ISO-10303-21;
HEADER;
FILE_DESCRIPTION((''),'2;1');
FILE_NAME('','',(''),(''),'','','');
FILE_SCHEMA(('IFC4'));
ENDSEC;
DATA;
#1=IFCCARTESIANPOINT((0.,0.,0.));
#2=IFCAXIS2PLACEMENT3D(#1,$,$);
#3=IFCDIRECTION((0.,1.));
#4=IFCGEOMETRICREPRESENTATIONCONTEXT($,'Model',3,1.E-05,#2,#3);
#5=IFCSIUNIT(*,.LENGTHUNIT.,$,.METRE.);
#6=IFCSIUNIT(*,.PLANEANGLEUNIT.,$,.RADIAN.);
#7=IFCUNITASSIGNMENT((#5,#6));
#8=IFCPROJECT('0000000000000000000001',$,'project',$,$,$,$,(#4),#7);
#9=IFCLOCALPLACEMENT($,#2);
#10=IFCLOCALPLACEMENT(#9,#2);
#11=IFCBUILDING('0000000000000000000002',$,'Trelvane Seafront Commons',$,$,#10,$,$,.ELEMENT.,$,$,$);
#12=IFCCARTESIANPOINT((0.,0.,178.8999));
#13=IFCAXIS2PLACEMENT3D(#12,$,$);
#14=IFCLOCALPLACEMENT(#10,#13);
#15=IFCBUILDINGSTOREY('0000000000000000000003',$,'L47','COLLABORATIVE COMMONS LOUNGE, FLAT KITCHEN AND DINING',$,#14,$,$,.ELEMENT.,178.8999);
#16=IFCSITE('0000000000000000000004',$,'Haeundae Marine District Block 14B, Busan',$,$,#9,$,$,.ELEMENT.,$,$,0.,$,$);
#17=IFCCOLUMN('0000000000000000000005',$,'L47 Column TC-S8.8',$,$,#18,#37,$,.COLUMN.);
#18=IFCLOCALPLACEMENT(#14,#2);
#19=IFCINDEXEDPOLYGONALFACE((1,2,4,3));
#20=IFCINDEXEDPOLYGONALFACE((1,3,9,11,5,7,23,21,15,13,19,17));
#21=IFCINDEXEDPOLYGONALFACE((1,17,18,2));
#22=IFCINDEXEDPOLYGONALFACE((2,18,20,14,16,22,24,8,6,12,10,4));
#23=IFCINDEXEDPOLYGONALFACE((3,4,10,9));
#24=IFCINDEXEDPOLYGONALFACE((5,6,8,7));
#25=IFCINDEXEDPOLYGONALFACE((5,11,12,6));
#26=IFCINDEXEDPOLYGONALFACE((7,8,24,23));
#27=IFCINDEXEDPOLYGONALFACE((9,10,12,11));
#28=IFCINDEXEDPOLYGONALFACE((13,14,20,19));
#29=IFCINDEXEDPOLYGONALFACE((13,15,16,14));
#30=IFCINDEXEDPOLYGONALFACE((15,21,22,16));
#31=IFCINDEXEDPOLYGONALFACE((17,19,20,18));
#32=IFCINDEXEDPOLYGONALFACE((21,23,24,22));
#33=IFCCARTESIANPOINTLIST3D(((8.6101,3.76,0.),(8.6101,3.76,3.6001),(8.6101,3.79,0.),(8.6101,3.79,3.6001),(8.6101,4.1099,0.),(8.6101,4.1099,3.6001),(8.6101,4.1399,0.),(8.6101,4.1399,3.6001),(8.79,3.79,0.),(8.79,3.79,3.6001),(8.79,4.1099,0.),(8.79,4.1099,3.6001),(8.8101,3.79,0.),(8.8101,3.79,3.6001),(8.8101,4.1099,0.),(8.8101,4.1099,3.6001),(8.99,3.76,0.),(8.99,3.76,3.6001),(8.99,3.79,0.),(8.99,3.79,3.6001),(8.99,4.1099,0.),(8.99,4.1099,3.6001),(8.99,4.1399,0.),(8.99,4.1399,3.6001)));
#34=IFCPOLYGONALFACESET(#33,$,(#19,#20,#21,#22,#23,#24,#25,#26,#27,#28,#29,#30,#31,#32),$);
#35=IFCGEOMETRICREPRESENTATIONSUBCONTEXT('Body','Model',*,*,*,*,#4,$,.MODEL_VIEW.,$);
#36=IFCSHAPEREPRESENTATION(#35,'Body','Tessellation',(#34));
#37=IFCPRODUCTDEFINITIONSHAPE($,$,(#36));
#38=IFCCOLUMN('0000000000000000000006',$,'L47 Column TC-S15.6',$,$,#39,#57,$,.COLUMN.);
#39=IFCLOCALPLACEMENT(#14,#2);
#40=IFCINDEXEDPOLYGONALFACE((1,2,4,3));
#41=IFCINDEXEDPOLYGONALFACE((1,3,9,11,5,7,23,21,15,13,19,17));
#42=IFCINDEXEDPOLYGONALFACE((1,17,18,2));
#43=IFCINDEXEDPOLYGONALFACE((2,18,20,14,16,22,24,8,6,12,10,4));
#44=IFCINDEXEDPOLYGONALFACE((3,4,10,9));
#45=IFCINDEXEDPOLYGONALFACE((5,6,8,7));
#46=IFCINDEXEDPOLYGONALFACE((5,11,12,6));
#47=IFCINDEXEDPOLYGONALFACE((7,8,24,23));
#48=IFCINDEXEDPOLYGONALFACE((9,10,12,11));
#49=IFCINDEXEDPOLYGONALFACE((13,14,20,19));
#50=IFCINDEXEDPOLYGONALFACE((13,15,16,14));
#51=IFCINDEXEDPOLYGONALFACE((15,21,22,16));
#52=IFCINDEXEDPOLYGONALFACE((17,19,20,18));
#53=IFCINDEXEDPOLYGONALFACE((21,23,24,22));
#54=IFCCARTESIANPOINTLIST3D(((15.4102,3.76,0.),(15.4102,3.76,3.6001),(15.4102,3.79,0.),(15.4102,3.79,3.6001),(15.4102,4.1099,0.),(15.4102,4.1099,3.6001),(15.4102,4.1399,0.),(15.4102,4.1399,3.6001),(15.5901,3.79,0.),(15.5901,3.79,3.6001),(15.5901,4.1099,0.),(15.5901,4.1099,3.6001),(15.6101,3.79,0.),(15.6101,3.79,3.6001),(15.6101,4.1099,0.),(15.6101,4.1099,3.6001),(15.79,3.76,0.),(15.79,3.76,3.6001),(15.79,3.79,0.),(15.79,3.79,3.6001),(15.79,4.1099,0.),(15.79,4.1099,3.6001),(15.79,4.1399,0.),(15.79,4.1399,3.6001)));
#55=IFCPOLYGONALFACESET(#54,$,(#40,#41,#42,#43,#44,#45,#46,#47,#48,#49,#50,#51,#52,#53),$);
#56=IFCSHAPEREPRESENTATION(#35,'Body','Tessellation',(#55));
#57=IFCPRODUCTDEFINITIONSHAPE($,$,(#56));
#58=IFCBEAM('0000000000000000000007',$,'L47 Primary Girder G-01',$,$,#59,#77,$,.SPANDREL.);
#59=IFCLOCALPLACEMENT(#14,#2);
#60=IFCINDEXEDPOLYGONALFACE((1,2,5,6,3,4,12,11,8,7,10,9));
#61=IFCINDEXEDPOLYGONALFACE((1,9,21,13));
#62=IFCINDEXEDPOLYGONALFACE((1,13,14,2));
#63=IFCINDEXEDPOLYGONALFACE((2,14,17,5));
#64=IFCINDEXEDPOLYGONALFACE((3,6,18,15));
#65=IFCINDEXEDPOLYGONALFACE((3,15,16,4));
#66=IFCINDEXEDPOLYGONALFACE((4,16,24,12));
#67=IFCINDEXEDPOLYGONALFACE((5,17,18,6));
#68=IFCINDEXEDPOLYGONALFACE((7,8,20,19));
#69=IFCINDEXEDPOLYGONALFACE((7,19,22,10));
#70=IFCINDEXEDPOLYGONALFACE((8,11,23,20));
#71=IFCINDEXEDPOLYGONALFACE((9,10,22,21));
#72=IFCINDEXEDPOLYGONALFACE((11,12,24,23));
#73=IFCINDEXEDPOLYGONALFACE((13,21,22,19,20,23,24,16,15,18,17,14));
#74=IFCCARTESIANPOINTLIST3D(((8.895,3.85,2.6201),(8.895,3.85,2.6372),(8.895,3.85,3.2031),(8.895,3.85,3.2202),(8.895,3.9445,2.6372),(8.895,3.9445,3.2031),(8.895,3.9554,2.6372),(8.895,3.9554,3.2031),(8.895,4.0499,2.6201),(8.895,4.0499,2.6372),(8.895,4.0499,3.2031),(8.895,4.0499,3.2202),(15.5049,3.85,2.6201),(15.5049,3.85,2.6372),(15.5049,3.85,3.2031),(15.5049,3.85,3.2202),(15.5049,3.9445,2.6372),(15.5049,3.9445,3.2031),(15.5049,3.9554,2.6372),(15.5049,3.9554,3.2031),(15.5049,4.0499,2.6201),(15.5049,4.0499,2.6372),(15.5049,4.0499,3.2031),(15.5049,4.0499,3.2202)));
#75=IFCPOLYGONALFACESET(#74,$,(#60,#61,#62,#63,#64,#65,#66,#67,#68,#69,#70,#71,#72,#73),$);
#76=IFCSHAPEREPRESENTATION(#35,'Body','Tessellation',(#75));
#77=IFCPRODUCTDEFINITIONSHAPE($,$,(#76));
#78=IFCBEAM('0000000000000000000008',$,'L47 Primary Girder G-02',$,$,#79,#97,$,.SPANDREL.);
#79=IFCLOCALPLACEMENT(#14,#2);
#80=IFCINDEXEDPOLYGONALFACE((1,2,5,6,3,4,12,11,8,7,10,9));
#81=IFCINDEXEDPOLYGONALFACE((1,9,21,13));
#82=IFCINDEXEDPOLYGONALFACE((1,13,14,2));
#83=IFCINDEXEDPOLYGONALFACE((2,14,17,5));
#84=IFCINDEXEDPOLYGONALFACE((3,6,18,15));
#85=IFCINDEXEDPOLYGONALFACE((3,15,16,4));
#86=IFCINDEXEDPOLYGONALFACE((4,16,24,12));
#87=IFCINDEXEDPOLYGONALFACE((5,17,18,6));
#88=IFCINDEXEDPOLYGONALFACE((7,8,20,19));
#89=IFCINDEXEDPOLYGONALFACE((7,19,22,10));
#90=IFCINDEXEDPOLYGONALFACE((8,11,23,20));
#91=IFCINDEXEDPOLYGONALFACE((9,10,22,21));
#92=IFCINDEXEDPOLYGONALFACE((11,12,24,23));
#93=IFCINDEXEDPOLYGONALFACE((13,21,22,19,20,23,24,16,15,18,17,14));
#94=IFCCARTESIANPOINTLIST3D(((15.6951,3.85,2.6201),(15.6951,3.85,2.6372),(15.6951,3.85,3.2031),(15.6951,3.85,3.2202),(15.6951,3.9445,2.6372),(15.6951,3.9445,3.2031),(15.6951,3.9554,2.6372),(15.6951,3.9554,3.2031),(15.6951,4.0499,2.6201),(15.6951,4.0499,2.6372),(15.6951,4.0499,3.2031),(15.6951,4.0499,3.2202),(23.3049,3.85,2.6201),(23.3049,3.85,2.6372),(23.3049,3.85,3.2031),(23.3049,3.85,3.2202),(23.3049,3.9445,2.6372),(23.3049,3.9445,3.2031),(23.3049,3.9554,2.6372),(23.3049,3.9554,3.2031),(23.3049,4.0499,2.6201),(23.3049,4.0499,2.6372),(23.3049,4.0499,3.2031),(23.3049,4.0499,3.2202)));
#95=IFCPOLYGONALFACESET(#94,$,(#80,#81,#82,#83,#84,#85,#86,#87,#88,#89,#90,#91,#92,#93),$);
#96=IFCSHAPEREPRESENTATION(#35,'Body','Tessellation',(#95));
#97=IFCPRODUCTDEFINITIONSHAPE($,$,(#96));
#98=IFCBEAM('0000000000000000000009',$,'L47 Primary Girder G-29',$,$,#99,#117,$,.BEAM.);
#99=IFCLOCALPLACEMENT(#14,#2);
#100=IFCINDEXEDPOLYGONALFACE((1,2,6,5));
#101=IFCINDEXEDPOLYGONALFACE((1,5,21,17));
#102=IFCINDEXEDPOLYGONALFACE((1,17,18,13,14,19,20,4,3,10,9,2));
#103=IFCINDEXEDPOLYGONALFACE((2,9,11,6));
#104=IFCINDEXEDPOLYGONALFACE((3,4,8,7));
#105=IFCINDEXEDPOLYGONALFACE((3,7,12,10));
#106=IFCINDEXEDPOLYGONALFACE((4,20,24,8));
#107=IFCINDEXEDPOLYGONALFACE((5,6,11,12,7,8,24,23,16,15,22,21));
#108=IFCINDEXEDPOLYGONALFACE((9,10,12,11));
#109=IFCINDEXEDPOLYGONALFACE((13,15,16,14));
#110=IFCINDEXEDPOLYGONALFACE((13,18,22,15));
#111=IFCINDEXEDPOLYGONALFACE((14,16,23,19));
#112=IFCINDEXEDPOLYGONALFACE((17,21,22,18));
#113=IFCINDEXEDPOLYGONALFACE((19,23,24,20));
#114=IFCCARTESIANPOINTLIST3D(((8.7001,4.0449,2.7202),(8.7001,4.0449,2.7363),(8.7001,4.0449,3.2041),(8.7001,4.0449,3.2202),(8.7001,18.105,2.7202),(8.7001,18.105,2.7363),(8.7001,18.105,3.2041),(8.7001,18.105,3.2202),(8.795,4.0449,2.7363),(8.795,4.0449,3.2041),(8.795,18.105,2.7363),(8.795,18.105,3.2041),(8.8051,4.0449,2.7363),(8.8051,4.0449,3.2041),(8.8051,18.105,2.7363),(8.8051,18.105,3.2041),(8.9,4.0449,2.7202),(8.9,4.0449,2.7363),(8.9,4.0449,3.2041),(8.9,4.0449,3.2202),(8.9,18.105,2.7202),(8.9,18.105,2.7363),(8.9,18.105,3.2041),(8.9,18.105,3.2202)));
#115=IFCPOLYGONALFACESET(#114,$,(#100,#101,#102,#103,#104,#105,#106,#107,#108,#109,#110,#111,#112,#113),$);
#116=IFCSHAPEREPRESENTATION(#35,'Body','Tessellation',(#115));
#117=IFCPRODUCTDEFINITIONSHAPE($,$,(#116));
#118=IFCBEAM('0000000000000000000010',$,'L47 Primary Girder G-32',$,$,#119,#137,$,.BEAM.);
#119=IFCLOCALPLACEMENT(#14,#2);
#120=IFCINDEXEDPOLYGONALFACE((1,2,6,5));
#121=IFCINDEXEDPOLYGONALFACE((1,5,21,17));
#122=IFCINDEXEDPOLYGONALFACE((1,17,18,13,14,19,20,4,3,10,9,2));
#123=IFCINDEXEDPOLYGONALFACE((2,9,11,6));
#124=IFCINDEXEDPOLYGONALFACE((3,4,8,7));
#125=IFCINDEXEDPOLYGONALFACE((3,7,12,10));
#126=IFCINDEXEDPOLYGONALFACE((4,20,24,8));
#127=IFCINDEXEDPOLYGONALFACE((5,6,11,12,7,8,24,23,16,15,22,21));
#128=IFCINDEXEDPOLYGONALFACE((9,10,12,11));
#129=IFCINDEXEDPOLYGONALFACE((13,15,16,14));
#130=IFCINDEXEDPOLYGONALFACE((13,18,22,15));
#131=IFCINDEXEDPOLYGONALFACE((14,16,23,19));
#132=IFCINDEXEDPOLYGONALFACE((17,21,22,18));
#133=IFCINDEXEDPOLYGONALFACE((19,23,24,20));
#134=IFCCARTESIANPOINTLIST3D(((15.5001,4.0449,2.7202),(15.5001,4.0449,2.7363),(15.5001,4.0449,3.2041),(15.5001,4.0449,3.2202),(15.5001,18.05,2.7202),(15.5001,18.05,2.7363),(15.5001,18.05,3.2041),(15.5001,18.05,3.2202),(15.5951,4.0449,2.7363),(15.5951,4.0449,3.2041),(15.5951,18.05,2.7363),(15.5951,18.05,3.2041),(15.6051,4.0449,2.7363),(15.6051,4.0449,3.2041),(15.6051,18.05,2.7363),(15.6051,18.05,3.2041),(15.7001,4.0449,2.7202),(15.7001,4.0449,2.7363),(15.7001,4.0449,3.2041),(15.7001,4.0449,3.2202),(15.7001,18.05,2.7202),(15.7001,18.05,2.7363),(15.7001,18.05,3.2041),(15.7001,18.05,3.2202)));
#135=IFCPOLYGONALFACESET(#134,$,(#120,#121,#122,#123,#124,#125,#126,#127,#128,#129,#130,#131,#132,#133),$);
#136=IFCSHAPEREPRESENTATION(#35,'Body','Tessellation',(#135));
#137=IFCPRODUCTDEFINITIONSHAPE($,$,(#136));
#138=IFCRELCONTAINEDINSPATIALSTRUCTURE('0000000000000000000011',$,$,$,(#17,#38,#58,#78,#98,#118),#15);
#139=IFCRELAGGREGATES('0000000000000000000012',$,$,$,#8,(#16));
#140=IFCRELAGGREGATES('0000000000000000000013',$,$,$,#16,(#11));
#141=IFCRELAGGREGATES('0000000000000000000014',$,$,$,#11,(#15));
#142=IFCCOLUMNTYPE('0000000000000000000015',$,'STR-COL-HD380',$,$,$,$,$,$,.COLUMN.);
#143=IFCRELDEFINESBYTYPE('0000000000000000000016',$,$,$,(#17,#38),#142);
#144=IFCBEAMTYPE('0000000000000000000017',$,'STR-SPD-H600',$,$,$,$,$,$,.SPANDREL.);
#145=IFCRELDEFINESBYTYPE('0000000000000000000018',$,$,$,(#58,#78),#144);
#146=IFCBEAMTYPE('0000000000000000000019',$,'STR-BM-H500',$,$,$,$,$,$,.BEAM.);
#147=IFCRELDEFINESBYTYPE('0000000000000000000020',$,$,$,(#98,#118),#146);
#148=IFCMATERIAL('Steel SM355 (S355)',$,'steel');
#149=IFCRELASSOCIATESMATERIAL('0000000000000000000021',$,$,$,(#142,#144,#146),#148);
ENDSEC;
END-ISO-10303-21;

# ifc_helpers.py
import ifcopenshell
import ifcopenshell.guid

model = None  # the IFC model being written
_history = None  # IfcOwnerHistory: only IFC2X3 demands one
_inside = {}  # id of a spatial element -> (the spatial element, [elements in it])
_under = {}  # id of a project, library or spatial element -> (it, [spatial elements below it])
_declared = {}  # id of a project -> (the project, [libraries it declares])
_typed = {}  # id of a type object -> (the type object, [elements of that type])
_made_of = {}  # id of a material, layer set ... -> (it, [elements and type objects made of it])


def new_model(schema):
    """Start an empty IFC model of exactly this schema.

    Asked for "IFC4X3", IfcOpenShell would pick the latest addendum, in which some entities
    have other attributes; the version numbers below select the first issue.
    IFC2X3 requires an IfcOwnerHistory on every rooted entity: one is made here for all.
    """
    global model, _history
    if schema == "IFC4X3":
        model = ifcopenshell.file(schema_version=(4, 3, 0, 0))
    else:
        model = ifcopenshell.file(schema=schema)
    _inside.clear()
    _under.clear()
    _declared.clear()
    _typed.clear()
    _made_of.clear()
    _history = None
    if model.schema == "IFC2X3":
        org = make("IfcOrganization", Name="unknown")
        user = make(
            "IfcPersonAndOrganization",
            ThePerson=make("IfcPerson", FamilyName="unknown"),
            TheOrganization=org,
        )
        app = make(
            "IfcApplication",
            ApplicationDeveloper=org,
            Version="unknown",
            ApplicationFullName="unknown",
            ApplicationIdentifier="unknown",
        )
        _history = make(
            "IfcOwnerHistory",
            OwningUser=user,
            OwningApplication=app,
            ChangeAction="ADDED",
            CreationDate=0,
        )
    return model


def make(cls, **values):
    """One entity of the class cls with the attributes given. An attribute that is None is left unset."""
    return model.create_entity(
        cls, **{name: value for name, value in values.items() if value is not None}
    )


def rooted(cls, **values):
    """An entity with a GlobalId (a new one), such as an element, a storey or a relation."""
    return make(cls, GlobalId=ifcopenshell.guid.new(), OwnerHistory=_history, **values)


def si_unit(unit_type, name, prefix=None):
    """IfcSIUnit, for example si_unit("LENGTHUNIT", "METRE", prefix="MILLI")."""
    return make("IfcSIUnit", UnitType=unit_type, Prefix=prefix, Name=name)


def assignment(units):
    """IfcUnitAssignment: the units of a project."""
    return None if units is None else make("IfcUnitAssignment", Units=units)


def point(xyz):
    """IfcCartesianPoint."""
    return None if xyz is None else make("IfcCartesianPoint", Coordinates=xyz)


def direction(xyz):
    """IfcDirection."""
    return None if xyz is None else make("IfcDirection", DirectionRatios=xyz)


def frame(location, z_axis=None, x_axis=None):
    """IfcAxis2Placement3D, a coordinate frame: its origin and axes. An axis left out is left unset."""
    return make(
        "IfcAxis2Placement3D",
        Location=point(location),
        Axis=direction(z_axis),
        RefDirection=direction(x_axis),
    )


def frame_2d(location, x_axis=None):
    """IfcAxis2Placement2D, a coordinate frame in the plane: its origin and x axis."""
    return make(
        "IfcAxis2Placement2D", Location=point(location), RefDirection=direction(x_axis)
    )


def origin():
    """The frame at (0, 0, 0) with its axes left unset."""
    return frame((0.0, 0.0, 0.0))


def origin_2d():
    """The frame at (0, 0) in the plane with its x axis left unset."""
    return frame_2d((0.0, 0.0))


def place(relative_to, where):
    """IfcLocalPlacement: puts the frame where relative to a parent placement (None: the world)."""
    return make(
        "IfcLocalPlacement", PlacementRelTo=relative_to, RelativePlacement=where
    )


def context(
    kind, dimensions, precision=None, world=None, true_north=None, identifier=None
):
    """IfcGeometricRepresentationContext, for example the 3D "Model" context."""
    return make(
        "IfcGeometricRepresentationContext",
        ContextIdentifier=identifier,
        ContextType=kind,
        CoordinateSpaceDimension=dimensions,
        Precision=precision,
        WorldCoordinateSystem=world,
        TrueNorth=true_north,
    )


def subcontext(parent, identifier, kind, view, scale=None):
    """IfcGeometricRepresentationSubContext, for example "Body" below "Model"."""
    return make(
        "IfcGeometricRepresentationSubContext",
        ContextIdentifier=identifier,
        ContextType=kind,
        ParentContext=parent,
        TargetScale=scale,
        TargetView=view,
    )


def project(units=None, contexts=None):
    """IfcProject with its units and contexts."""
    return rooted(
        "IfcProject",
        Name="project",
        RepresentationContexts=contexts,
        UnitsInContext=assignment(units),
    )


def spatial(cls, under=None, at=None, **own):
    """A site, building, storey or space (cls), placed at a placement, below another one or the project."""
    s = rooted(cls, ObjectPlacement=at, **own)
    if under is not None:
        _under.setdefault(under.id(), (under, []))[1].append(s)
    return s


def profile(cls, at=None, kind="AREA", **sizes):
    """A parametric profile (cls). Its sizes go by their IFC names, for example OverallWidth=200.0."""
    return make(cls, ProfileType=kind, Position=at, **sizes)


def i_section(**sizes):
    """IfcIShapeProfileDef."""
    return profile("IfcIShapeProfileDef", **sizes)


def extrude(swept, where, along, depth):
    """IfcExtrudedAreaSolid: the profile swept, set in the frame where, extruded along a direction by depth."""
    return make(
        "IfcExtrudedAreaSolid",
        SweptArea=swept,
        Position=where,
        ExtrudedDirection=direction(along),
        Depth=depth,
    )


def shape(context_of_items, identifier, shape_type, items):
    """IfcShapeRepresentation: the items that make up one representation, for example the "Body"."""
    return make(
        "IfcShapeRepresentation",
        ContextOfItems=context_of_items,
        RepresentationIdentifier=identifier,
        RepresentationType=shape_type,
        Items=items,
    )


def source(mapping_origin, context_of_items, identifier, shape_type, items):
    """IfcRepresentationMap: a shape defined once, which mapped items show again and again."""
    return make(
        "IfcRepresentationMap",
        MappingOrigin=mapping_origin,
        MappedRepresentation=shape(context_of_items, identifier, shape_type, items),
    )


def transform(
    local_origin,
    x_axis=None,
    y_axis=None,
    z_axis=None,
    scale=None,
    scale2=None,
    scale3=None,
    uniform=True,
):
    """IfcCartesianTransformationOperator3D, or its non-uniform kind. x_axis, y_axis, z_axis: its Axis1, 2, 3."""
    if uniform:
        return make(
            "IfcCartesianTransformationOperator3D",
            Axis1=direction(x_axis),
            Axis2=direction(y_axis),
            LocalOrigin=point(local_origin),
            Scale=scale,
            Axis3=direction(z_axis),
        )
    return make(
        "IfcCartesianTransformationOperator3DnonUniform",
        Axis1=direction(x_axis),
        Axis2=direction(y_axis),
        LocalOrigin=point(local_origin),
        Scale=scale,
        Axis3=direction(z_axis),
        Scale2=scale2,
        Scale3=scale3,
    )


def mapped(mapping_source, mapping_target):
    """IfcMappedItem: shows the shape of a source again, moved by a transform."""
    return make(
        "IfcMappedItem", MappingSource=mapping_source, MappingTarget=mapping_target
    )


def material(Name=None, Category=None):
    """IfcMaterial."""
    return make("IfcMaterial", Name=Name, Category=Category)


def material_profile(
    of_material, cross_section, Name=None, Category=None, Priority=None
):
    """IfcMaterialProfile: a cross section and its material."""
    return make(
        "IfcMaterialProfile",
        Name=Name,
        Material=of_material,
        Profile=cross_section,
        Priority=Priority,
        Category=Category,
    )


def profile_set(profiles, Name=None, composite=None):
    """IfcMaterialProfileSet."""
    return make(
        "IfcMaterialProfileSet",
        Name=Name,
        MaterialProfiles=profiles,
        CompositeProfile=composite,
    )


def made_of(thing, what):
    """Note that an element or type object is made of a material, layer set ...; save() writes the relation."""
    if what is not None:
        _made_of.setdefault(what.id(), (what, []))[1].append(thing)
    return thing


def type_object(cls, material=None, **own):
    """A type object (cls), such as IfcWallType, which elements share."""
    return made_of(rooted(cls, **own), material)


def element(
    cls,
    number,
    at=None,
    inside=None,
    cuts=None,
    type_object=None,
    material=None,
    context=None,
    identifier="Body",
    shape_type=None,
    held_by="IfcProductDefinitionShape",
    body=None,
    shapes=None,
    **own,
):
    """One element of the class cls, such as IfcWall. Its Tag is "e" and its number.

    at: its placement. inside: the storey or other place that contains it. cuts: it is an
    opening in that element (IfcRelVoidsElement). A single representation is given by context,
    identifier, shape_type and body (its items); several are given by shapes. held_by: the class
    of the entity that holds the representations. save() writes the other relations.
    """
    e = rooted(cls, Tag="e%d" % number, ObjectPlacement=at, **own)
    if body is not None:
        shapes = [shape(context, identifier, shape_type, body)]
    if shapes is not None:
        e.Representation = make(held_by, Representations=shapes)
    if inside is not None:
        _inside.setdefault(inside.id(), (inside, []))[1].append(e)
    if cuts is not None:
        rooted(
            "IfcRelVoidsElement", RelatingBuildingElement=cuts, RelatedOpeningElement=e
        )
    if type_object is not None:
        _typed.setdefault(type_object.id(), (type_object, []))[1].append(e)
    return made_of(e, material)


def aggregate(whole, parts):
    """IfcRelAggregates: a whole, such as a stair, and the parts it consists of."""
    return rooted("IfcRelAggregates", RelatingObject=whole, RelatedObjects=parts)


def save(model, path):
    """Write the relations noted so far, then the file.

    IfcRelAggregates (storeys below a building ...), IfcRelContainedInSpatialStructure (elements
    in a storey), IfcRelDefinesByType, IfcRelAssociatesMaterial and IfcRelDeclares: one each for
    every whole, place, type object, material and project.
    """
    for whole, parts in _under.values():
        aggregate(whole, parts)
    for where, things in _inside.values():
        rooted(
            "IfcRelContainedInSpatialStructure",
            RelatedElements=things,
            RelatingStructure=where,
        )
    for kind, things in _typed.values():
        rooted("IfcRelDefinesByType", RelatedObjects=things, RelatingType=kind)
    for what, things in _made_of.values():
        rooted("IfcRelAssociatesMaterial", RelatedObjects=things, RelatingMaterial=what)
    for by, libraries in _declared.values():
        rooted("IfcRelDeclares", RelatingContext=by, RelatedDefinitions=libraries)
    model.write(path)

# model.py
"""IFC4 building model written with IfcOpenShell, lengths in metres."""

from ifc_helpers import new_model, si_unit, direction, frame, origin, origin_2d, place, context, subcontext, project, spatial, i_section, extrude, source, transform, mapped, material, material_profile, profile_set, type_object, element, save


model = new_model("IFC4")

# Units and contexts
model_context = context("Model", 3, precision=1e-05, world=origin(), true_north=direction((0.0, 1.0)))
body_context = subcontext(model_context, "Body", "Model", "MODEL_VIEW")
ifc_project = project(units=[si_unit("LENGTHUNIT", "METRE"), si_unit("PLANEANGLEUNIT", "RADIAN")], contexts=[model_context])

# Site, building, storey
site_placement = place(None, origin())
site = spatial("IfcSite", under=ifc_project, at=site_placement, Name="Haeundae Marine District Block 14B, Busan", CompositionType="ELEMENT", RefElevation=0.0)
building_placement = place(site_placement, origin())
building = spatial("IfcBuilding", under=site, at=building_placement, Name="Trelvane Seafront Commons", CompositionType="ELEMENT")
storey_placement = place(building_placement, frame((0.0, 0.0, 178.8999)))
storey = spatial("IfcBuildingStorey", under=building, at=storey_placement, Name="L47", Description="COLLABORATIVE COMMONS LOUNGE, FLAT KITCHEN AND DINING", CompositionType="ELEMENT", Elevation=178.8999)

# Columns
ifc_material_1 = material(Name="Steel SM355 (S355)", Category="steel")
ifc_material_profile_1 = material_profile(ifc_material_1, i_section(OverallWidth=0.3799, OverallDepth=0.3799, WebThickness=0.02, FlangeThickness=0.03, at=origin_2d()), Name="HD-380x380x20x30")
ifc_profile_set_1 = profile_set([ifc_material_profile_1], Name="Steel SM355 (S355)")
column_type = type_object("IfcColumnType", Name="STR-COL-HD380", PredefinedType="COLUMN", material=ifc_profile_set_1)
shared_shape_1 = source(origin(), body_context, "Body", "SweptSolid", [
    extrude(i_section(OverallWidth=0.3799, OverallDepth=0.3799, WebThickness=0.02, FlangeThickness=0.03, at=origin_2d()), origin(), (0.0, 0.0, 1.0), 3.6001),
])
for number, where, z_axis, x_axis, name in (
    (1, (8.8, 3.95, 0.0), (0.0, 0.0, 1.0), (1.0, 0.0, 0.0), "L47 Column TC-S8.8"),
    (2, (15.6001, 3.95, 0.0), (0.0, 0.0, 1.0), (1.0, 0.0, 0.0), "L47 Column TC-S15.6"),
):
    element("IfcColumn", number, at=place(storey_placement, frame(where, z_axis=z_axis, x_axis=x_axis)), inside=storey, type_object=column_type, Name=name, PredefinedType="COLUMN", context=body_context, shape_type="MappedRepresentation", body=[
        mapped(shared_shape_1, transform((0.0, 0.0, 0.0), x_axis=(1.0, 0.0, 0.0), y_axis=(0.0, 1.0, 0.0), z_axis=(0.0, 0.0, 1.0), scale=1.0)),
    ])

# Beams
ifc_material_profile_2 = material_profile(ifc_material_1, i_section(OverallWidth=0.2, OverallDepth=0.6001, WebThickness=0.011, FlangeThickness=0.0171, at=origin_2d()), Name="H-600x200x11x17")
ifc_profile_set_2 = profile_set([ifc_material_profile_2], Name="Steel SM355 (S355)")
beam_type_1 = type_object("IfcBeamType", Name="STR-SPD-H600", PredefinedType="SPANDREL", material=ifc_profile_set_2)
shared_shape_2 = source(origin(), body_context, "Body", "SweptSolid", [
    extrude(i_section(OverallWidth=0.2, OverallDepth=0.6001, WebThickness=0.011, FlangeThickness=0.0171, at=origin_2d()), origin(), (0.0, 0.0, 1.0), 6.6099),
])
beam_1_placement = place(storey_placement, frame((8.895, 3.95, 2.9202), z_axis=(1.0, 0.0, 0.0), x_axis=(0.0, 1.0, 0.0)))
element("IfcBeam", 3, at=beam_1_placement, inside=storey, type_object=beam_type_1, Name="L47 Primary Girder G-01", PredefinedType="SPANDREL", context=body_context, shape_type="MappedRepresentation", body=[
    mapped(shared_shape_2, transform((0.0, 0.0, 0.0), x_axis=(1.0, 0.0, 0.0), y_axis=(0.0, 1.0, 0.0), z_axis=(0.0, 0.0, 1.0), scale=1.0)),
])
shared_shape_3 = source(origin(), body_context, "Body", "SweptSolid", [
    extrude(i_section(OverallWidth=0.2, OverallDepth=0.6001, WebThickness=0.011, FlangeThickness=0.0171, at=origin_2d()), origin(), (0.0, 0.0, 1.0), 7.6099),
])
beam_2_placement = place(storey_placement, frame((15.6951, 3.95, 2.9202), z_axis=(1.0, 0.0, 0.0), x_axis=(0.0, 1.0, 0.0)))
element("IfcBeam", 4, at=beam_2_placement, inside=storey, type_object=beam_type_1, Name="L47 Primary Girder G-02", PredefinedType="SPANDREL", context=body_context, shape_type="MappedRepresentation", body=[
    mapped(shared_shape_3, transform((0.0, 0.0, 0.0), x_axis=(1.0, 0.0, 0.0), y_axis=(0.0, 1.0, 0.0), z_axis=(0.0, 0.0, 1.0), scale=1.0)),
])
ifc_material_profile_3 = material_profile(ifc_material_1, i_section(OverallWidth=0.2, OverallDepth=0.5, WebThickness=0.01, FlangeThickness=0.0161, at=origin_2d()), Name="H-500x200x10x16")
ifc_profile_set_3 = profile_set([ifc_material_profile_3], Name="Steel SM355 (S355)")
beam_type_2 = type_object("IfcBeamType", Name="STR-BM-H500", PredefinedType="BEAM", material=ifc_profile_set_3)
shared_shape_4 = source(origin(), body_context, "Body", "SweptSolid", [
    extrude(i_section(OverallWidth=0.2, OverallDepth=0.5, WebThickness=0.01, FlangeThickness=0.0161, at=origin_2d()), origin(), (0.0, 0.0, 1.0), 14.0601),
])
beam_3_placement = place(storey_placement, frame((8.8, 4.0449, 2.9702), z_axis=(0.0, 1.0, 0.0), x_axis=(-1.0, 0.0, 0.0)))
element("IfcBeam", 5, at=beam_3_placement, inside=storey, type_object=beam_type_2, Name="L47 Primary Girder G-29", PredefinedType="BEAM", context=body_context, shape_type="MappedRepresentation", body=[
    mapped(shared_shape_4, transform((0.0, 0.0, 0.0), x_axis=(1.0, 0.0, 0.0), y_axis=(0.0, 1.0, 0.0), z_axis=(0.0, 0.0, 1.0), scale=1.0)),
])
shared_shape_5 = source(origin(), body_context, "Body", "SweptSolid", [
    extrude(i_section(OverallWidth=0.2, OverallDepth=0.5, WebThickness=0.01, FlangeThickness=0.0161, at=origin_2d()), origin(), (0.0, 0.0, 1.0), 14.0051),
])
beam_4_placement = place(storey_placement, frame((15.6001, 4.0449, 2.9702), z_axis=(0.0, 1.0, 0.0), x_axis=(-1.0, 0.0, 0.0)))
element("IfcBeam", 6, at=beam_4_placement, inside=storey, type_object=beam_type_2, Name="L47 Primary Girder G-32", PredefinedType="BEAM", context=body_context, shape_type="MappedRepresentation", body=[
    mapped(shared_shape_5, transform((0.0, 0.0, 0.0), x_axis=(1.0, 0.0, 0.0), y_axis=(0.0, 1.0, 0.0), z_axis=(0.0, 0.0, 1.0), scale=1.0)),
])

save(model, "model.ifc")
